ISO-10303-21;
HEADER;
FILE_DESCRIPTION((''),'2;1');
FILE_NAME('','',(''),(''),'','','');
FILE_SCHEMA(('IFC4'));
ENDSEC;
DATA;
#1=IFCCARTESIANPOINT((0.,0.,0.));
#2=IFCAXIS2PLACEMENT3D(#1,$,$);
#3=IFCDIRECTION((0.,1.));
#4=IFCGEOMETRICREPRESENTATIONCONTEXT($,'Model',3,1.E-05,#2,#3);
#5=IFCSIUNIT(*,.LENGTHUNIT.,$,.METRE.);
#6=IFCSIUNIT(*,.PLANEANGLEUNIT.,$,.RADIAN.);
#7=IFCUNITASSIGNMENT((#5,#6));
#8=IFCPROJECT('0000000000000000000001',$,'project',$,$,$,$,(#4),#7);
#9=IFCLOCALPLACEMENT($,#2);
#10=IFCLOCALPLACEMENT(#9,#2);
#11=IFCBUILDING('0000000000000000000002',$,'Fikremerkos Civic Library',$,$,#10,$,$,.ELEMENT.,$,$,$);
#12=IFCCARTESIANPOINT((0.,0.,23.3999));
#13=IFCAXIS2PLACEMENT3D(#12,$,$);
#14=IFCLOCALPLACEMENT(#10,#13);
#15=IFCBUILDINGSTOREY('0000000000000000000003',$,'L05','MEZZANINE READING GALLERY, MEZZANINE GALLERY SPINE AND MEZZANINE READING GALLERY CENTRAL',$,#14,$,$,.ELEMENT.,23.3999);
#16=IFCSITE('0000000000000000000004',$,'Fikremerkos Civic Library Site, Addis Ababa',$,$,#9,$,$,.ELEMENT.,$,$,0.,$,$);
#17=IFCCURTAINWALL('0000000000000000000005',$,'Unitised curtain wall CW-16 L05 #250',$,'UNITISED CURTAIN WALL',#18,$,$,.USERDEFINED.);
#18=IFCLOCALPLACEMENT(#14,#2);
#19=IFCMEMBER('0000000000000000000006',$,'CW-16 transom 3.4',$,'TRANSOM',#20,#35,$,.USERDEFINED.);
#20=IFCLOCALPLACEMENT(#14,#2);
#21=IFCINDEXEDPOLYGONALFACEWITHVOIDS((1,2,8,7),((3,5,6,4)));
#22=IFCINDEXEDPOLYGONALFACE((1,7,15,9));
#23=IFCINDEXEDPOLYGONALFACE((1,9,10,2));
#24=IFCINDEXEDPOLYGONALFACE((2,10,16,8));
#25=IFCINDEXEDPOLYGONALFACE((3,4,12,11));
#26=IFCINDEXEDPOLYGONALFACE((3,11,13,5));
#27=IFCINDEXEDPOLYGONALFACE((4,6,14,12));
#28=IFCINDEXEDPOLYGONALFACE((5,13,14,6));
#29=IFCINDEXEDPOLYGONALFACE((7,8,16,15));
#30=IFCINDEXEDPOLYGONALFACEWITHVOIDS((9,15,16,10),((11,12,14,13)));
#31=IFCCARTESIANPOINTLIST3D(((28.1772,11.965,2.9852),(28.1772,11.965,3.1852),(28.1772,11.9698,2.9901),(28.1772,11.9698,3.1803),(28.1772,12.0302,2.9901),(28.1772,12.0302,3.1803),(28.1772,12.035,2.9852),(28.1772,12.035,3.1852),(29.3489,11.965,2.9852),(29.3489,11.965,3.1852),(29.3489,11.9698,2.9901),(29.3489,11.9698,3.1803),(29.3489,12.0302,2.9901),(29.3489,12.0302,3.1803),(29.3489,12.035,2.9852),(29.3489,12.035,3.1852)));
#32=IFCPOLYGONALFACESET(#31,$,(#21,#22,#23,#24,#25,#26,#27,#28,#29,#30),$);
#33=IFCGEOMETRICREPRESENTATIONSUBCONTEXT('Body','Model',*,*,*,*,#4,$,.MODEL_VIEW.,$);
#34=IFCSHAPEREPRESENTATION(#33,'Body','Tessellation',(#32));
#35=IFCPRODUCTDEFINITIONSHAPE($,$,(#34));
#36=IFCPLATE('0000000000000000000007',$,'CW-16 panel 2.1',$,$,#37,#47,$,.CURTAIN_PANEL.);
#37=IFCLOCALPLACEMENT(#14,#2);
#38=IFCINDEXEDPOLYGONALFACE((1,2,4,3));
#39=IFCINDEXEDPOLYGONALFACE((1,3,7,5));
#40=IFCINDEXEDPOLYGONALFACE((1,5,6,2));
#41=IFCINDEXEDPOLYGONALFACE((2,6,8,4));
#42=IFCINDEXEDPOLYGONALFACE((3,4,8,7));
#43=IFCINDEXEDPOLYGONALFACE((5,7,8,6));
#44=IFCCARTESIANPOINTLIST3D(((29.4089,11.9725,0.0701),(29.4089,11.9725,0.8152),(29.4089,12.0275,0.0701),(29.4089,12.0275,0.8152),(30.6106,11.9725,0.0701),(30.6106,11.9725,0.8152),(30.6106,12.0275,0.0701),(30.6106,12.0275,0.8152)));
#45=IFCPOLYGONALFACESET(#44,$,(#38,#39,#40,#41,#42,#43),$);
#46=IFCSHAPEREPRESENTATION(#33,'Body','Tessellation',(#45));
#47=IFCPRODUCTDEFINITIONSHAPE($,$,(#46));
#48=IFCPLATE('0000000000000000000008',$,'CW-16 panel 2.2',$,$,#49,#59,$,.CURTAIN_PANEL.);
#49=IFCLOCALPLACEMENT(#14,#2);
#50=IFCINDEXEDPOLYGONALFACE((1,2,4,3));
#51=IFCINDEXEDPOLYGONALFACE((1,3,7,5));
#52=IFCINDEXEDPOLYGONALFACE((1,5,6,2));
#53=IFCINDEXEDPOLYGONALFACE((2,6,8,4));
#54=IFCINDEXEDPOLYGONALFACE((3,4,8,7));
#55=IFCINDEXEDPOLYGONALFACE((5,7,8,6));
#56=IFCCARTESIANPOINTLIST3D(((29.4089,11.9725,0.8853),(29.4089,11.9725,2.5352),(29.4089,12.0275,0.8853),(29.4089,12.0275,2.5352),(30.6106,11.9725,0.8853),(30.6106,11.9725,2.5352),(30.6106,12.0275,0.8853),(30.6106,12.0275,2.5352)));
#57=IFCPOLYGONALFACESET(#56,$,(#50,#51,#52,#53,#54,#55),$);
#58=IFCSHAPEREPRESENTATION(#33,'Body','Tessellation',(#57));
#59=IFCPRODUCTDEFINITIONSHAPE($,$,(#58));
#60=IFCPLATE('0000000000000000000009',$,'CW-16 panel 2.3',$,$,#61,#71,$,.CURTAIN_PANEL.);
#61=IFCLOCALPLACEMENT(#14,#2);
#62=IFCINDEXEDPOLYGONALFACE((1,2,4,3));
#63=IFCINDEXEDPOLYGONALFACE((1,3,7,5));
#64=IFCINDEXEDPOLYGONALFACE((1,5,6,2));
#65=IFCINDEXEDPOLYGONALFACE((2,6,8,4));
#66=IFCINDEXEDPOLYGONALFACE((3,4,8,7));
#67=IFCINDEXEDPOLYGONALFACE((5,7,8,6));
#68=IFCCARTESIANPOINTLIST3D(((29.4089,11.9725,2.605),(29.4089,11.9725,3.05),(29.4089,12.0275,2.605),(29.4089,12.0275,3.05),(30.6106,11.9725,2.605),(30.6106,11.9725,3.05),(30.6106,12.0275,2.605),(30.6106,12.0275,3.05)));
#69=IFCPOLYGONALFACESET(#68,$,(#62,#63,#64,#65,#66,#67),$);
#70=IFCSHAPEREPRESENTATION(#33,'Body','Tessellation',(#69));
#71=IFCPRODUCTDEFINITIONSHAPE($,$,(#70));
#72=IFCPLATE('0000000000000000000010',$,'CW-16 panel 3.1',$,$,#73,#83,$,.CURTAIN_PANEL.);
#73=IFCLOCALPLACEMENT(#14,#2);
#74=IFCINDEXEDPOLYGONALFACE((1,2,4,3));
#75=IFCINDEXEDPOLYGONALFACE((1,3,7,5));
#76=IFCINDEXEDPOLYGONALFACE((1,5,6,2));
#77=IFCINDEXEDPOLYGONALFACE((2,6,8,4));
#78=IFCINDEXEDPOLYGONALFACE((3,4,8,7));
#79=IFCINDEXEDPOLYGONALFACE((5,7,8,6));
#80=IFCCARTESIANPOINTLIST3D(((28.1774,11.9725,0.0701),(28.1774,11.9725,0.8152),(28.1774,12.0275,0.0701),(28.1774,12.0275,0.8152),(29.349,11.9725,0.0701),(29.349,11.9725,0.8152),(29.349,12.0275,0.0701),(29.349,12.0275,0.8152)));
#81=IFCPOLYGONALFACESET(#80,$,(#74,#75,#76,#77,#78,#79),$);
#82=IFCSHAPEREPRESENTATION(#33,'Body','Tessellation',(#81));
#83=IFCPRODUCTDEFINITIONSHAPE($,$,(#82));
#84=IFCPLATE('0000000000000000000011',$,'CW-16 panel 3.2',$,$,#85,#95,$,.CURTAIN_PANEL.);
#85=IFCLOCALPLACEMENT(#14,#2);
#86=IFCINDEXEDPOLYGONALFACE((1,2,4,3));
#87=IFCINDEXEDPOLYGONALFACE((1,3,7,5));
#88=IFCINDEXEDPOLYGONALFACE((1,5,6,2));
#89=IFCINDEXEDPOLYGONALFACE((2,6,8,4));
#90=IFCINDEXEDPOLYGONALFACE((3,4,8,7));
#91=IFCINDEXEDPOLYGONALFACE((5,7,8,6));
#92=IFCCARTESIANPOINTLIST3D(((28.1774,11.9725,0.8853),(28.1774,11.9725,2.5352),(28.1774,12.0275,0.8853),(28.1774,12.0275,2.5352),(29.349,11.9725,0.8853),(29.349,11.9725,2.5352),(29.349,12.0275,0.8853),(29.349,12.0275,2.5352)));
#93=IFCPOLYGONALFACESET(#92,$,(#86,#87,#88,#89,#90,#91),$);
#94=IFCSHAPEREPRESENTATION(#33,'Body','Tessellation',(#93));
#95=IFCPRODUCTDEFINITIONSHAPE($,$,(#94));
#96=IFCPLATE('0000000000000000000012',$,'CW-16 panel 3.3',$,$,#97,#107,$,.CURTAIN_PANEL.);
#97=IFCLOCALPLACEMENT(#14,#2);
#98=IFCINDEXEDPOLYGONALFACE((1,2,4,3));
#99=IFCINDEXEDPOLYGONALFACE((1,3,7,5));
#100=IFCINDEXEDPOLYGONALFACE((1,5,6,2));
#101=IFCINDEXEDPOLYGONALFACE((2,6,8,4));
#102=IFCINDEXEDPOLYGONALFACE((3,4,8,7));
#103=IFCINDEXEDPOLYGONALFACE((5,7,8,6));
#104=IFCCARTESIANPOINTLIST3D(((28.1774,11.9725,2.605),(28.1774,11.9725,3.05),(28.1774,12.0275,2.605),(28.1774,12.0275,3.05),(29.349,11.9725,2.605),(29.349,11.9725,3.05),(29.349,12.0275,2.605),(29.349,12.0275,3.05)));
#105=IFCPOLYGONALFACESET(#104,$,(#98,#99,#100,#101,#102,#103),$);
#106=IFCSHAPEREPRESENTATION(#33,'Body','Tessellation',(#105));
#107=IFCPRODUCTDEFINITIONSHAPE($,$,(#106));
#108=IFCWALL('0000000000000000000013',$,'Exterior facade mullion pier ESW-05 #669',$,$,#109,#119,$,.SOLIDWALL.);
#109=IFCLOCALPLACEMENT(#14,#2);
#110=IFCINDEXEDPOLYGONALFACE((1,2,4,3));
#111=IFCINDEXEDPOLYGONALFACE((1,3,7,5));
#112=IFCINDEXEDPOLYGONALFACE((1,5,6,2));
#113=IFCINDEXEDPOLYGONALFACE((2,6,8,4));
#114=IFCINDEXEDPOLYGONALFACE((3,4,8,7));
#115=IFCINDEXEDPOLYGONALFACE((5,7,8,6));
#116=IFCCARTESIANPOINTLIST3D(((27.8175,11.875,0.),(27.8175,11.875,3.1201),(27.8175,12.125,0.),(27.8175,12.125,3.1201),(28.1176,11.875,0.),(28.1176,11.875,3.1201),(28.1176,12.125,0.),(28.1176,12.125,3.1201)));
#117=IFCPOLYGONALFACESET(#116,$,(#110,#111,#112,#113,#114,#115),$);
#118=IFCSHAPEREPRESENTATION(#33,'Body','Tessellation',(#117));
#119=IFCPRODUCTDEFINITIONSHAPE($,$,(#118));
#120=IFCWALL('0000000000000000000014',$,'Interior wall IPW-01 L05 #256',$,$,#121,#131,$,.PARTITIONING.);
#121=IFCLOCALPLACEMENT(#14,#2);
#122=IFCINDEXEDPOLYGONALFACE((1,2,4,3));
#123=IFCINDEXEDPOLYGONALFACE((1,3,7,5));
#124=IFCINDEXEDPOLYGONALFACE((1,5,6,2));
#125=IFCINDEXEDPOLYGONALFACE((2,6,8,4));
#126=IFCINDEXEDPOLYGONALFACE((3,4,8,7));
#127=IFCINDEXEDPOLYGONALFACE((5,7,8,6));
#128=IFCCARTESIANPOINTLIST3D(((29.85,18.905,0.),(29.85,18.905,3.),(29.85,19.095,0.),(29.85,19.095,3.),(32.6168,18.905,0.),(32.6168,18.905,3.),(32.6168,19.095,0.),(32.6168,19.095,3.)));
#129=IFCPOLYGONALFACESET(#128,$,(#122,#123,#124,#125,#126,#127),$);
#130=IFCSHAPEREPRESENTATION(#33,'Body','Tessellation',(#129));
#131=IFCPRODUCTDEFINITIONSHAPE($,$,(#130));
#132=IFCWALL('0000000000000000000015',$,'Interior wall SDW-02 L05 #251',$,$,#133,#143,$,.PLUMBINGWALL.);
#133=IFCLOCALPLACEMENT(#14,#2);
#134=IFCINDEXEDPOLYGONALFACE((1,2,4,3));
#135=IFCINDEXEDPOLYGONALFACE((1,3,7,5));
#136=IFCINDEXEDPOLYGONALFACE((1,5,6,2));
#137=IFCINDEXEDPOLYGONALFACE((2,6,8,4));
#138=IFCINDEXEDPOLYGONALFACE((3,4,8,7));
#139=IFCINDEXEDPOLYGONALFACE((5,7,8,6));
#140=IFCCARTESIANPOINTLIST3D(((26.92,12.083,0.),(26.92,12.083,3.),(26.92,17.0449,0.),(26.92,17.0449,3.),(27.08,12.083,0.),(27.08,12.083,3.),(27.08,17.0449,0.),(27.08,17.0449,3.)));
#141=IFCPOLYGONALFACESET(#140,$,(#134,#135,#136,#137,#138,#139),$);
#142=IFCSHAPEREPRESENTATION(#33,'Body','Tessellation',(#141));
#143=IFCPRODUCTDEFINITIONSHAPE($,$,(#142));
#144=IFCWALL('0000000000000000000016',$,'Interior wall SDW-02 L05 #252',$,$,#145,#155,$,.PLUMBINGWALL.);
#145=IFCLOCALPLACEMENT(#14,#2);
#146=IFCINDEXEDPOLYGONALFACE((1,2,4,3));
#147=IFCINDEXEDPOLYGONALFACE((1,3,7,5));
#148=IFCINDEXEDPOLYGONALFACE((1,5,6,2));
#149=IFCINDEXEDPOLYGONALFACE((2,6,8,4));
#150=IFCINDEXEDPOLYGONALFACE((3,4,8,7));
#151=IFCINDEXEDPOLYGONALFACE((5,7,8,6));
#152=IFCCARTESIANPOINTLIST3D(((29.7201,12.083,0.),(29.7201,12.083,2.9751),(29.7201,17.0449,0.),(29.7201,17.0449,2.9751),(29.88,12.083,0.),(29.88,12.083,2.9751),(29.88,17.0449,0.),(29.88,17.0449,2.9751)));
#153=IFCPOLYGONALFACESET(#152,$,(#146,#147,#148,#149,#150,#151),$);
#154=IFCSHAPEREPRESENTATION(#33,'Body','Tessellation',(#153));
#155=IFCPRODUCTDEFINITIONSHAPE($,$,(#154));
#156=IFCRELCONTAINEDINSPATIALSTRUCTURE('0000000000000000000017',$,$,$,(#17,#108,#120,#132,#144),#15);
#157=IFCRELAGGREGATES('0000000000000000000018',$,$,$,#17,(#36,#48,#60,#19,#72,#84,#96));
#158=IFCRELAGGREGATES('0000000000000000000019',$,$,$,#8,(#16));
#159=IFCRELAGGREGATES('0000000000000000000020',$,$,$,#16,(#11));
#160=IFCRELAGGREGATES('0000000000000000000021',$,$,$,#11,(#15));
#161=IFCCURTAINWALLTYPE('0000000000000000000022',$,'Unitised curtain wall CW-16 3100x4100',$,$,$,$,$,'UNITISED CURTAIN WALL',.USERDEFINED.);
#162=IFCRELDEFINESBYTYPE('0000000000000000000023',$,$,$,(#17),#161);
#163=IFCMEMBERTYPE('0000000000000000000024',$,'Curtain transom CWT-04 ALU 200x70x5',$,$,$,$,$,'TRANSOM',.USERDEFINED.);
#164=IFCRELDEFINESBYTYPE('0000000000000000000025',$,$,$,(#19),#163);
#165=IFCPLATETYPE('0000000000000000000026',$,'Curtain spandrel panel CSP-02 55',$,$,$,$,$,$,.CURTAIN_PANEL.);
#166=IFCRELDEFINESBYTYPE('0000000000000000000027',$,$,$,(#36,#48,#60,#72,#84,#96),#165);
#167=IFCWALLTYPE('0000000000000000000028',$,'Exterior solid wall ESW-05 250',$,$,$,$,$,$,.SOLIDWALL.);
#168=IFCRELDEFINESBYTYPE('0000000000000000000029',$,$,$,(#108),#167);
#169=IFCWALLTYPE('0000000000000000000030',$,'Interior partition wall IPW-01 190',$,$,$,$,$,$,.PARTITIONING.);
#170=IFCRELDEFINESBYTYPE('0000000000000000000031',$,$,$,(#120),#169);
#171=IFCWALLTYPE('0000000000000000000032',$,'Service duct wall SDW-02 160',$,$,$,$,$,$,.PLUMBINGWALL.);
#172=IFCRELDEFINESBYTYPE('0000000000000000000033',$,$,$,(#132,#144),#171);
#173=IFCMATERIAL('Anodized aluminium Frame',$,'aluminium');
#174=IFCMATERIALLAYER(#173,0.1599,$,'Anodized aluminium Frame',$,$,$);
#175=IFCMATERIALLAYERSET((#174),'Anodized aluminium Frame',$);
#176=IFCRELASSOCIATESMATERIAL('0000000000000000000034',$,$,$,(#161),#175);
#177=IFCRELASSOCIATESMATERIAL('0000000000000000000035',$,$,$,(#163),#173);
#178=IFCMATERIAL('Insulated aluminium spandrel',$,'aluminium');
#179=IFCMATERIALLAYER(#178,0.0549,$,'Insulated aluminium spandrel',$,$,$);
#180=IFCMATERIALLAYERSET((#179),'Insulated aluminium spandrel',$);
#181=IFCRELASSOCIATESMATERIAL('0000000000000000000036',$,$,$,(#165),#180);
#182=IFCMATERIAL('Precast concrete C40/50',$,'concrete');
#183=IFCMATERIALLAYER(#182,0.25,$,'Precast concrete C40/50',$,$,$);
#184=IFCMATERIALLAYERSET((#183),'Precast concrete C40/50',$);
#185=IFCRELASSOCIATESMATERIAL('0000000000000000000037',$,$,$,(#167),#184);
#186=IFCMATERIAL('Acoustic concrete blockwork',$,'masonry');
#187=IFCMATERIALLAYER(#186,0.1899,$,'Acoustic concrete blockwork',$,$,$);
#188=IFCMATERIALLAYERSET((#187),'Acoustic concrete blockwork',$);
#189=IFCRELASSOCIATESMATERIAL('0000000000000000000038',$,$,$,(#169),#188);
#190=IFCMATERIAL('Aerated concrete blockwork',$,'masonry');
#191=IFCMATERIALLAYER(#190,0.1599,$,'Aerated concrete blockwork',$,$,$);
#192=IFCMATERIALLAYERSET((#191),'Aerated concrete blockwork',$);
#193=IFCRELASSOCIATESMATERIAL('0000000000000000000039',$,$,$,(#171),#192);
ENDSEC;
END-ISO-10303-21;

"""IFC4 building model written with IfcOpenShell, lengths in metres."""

from ifc_helpers import new_model, si_unit, direction, frame, frame_2d, origin, origin_2d, place, context, subcontext, project, spatial, rectangle, hollow_rectangle, extrude, material, layer, layer_set, material_profile, profile_set, type_object, element, aggregate, save


model = new_model("IFC4")

# Units and contexts
model_context = context("Model", 3, precision=1e-05, world=origin(), true_north=direction((0.0, 1.0)))
body_context = subcontext(model_context, "Body", "Model", "MODEL_VIEW")
ifc_project = project(units=[si_unit("LENGTHUNIT", "METRE"), si_unit("PLANEANGLEUNIT", "RADIAN")], contexts=[model_context])

# Site, building, storey
site_placement = place(None, origin())
site = spatial("IfcSite", under=ifc_project, at=site_placement, Name="Fikremerkos Civic Library Site, Addis Ababa", CompositionType="ELEMENT", RefElevation=0.0)
building_placement = place(site_placement, origin())
building = spatial("IfcBuilding", under=site, at=building_placement, Name="Fikremerkos Civic Library", CompositionType="ELEMENT")
storey_placement = place(building_placement, frame((0.0, 0.0, 23.3999)))
storey = spatial("IfcBuildingStorey", under=building, at=storey_placement, Name="L05", Description="MEZZANINE READING GALLERY, MEZZANINE GALLERY SPINE AND MEZZANINE READING GALLERY CENTRAL", CompositionType="ELEMENT", Elevation=23.3999)

# Shared definitions
ifc_material_1 = material(Name="Anodized aluminium Frame", Category="aluminium")

# Curtain wall
ifc_layer_1 = layer(ifc_material_1, 0.1599, Name="Anodized aluminium Frame")
ifc_layer_set_1 = layer_set([ifc_layer_1], Name="Anodized aluminium Frame")
curtain_wall_type_1 = type_object("IfcCurtainWallType", Name="Unitised curtain wall CW-16 3100x4100", ElementType="UNITISED CURTAIN WALL", PredefinedType="USERDEFINED", material=ifc_layer_set_1)
curtain_wall_1_placement = place(storey_placement, origin())
curtain_wall_1 = element("IfcCurtainWall", 1, at=curtain_wall_1_placement, inside=storey, type_object=curtain_wall_type_1, Name="Unitised curtain wall CW-16 L05 #250", ObjectType="UNITISED CURTAIN WALL", PredefinedType="USERDEFINED")

# Member
ifc_material_profile_1 = material_profile(ifc_material_1, hollow_rectangle(XDim=0.0701, YDim=0.2, WallThickness=0.0049, at=origin_2d()), Name="ALU 200x70x5")
ifc_profile_set_1 = profile_set([ifc_material_profile_1], Name="Anodized aluminium Frame")
member_type_1 = type_object("IfcMemberType", Name="Curtain transom CWT-04 ALU 200x70x5", ElementType="TRANSOM", PredefinedType="USERDEFINED", material=ifc_profile_set_1)
member_1_placement = place(storey_placement, frame((29.3489, 12.0, 3.0852), z_axis=(-1.0, 0.0, 0.0), x_axis=(0.0, -1.0, 0.0)))
member_1 = element("IfcMember", 2, at=member_1_placement, type_object=member_type_1, Name="CW-16 transom 3.4", ObjectType="TRANSOM", PredefinedType="USERDEFINED", context=body_context, shape_type="SweptSolid", body=[
    extrude(hollow_rectangle(XDim=0.0701, YDim=0.2, WallThickness=0.0049, at=origin_2d()), origin(), (0.0, 0.0, 1.0), 1.1716),
])

# Plates
ifc_material_2 = material(Name="Insulated aluminium spandrel", Category="aluminium")
ifc_layer_2 = layer(ifc_material_2, 0.0549, Name="Insulated aluminium spandrel")
ifc_layer_set_2 = layer_set([ifc_layer_2], Name="Insulated aluminium spandrel")
plate_type = type_object("IfcPlateType", Name="Curtain spandrel panel CSP-02 55", PredefinedType="CURTAIN_PANEL", material=ifc_layer_set_2)
plate_1_placement = place(storey_placement, frame((30.0098, 12.0, 0.0701), z_axis=(0.0, 0.0, 1.0), x_axis=(-1.0, 0.0, 0.0)))
plate_1 = element("IfcPlate", 3, at=plate_1_placement, type_object=plate_type, Name="CW-16 panel 2.1", PredefinedType="CURTAIN_PANEL", context=body_context, shape_type="SweptSolid", body=[
    extrude(rectangle(XDim=1.2017, YDim=0.0549, at=origin_2d()), origin(), (0.0, 0.0, 1.0), 0.7451),
])
plate_2_placement = place(storey_placement, frame((30.0098, 12.0, 0.8853), z_axis=(0.0, 0.0, 1.0), x_axis=(-1.0, 0.0, 0.0)))
plate_2 = element("IfcPlate", 4, at=plate_2_placement, type_object=plate_type, Name="CW-16 panel 2.2", PredefinedType="CURTAIN_PANEL", context=body_context, shape_type="SweptSolid", body=[
    extrude(rectangle(XDim=1.2017, YDim=0.0549, at=origin_2d()), origin(), (0.0, 0.0, 1.0), 1.6499),
])
plate_3_placement = place(storey_placement, frame((30.0098, 12.0, 2.605), z_axis=(0.0, 0.0, 1.0), x_axis=(-1.0, 0.0, 0.0)))
plate_3 = element("IfcPlate", 5, at=plate_3_placement, type_object=plate_type, Name="CW-16 panel 2.3", PredefinedType="CURTAIN_PANEL", context=body_context, shape_type="SweptSolid", body=[
    extrude(rectangle(XDim=1.2017, YDim=0.0549, at=origin_2d()), origin(), (0.0, 0.0, 1.0), 0.4451),
])
plate_4_placement = place(storey_placement, frame((28.7632, 12.0, 0.0701), z_axis=(0.0, 0.0, 1.0), x_axis=(-1.0, 0.0, 0.0)))
plate_4 = element("IfcPlate", 6, at=plate_4_placement, type_object=plate_type, Name="CW-16 panel 3.1", PredefinedType="CURTAIN_PANEL", context=body_context, shape_type="SweptSolid", body=[
    extrude(rectangle(XDim=1.1716, YDim=0.0549, at=origin_2d()), origin(), (0.0, 0.0, 1.0), 0.7451),
])
plate_5_placement = place(storey_placement, frame((28.7632, 12.0, 0.8853), z_axis=(0.0, 0.0, 1.0), x_axis=(-1.0, 0.0, 0.0)))
plate_5 = element("IfcPlate", 7, at=plate_5_placement, type_object=plate_type, Name="CW-16 panel 3.2", PredefinedType="CURTAIN_PANEL", context=body_context, shape_type="SweptSolid", body=[
    extrude(rectangle(XDim=1.1716, YDim=0.0549, at=origin_2d()), origin(), (0.0, 0.0, 1.0), 1.6499),
])
plate_6_placement = place(storey_placement, frame((28.7632, 12.0, 2.605), z_axis=(0.0, 0.0, 1.0), x_axis=(-1.0, 0.0, 0.0)))
plate_6 = element("IfcPlate", 8, at=plate_6_placement, type_object=plate_type, Name="CW-16 panel 3.3", PredefinedType="CURTAIN_PANEL", context=body_context, shape_type="SweptSolid", body=[
    extrude(rectangle(XDim=1.1716, YDim=0.0549, at=origin_2d()), origin(), (0.0, 0.0, 1.0), 0.4451),
])
aggregate(curtain_wall_1, [plate_1, plate_2, plate_3, member_1, plate_4, plate_5, plate_6])

# Walls
ifc_material_3 = material(Name="Precast concrete C40/50", Category="concrete")
ifc_layer_3 = layer(ifc_material_3, 0.25, Name="Precast concrete C40/50")
ifc_layer_set_3 = layer_set([ifc_layer_3], Name="Precast concrete C40/50")
wall_type_1 = type_object("IfcWallType", Name="Exterior solid wall ESW-05 250", PredefinedType="SOLIDWALL", material=ifc_layer_set_3)
wall_1_placement = place(storey_placement, frame((28.1174, 12.0, 0.0), z_axis=(0.0, 0.0, 1.0), x_axis=(-1.0, 0.0, 0.0)))
element("IfcWall", 9, at=wall_1_placement, inside=storey, type_object=wall_type_1, Name="Exterior facade mullion pier ESW-05 #669", PredefinedType="SOLIDWALL", context=body_context, shape_type="SweptSolid", body=[
    extrude(rectangle(XDim=0.3, YDim=0.25, at=frame_2d((0.1499, 0.0))), origin(), (0.0, 0.0, 1.0), 3.1201),
])
ifc_material_4 = material(Name="Acoustic concrete blockwork", Category="masonry")
ifc_layer_4 = layer(ifc_material_4, 0.1899, Name="Acoustic concrete blockwork")
ifc_layer_set_4 = layer_set([ifc_layer_4], Name="Acoustic concrete blockwork")
wall_type_2 = type_object("IfcWallType", Name="Interior partition wall IPW-01 190", PredefinedType="PARTITIONING", material=ifc_layer_set_4)
wall_2_placement = place(storey_placement, frame((29.8501, 19.0, 0.0), z_axis=(0.0, 0.0, 1.0), x_axis=(1.0, 0.0, 0.0)))
element("IfcWall", 10, at=wall_2_placement, inside=storey, type_object=wall_type_2, Name="Interior wall IPW-01 L05 #256", PredefinedType="PARTITIONING", context=body_context, shape_type="SweptSolid", body=[
    extrude(rectangle(XDim=2.7668, YDim=0.1899, at=frame_2d((1.3833, 0.0))), origin(), (0.0, 0.0, 1.0), 3.0),
])
ifc_material_5 = material(Name="Aerated concrete blockwork", Category="masonry")
ifc_layer_5 = layer(ifc_material_5, 0.1599, Name="Aerated concrete blockwork")
ifc_layer_set_5 = layer_set([ifc_layer_5], Name="Aerated concrete blockwork")
wall_type_3 = type_object("IfcWallType", Name="Service duct wall SDW-02 160", PredefinedType="PLUMBINGWALL", material=ifc_layer_set_5)
wall_3_placement = place(storey_placement, frame((27.0, 12.083, 0.0), z_axis=(0.0, 0.0, 1.0), x_axis=(0.0, 1.0, 0.0)))
element("IfcWall", 11, at=wall_3_placement, inside=storey, type_object=wall_type_3, Name="Interior wall SDW-02 L05 #251", PredefinedType="PLUMBINGWALL", context=body_context, shape_type="SweptSolid", body=[
    extrude(rectangle(XDim=4.9619, YDim=0.1599, at=frame_2d((2.481, 0.0))), origin(), (0.0, 0.0, 1.0), 3.0),
])
wall_4_placement = place(storey_placement, frame((29.8, 12.083, 0.0), z_axis=(0.0, 0.0, 1.0), x_axis=(0.0, 1.0, 0.0)))
element("IfcWall", 12, at=wall_4_placement, inside=storey, type_object=wall_type_3, Name="Interior wall SDW-02 L05 #252", PredefinedType="PLUMBINGWALL", context=body_context, shape_type="SweptSolid", body=[
    extrude(rectangle(XDim=4.9619, YDim=0.1599, at=frame_2d((2.481, 0.0))), origin(), (0.0, 0.0, 1.0), 2.9751),
])

save(model, "model.ifc")
